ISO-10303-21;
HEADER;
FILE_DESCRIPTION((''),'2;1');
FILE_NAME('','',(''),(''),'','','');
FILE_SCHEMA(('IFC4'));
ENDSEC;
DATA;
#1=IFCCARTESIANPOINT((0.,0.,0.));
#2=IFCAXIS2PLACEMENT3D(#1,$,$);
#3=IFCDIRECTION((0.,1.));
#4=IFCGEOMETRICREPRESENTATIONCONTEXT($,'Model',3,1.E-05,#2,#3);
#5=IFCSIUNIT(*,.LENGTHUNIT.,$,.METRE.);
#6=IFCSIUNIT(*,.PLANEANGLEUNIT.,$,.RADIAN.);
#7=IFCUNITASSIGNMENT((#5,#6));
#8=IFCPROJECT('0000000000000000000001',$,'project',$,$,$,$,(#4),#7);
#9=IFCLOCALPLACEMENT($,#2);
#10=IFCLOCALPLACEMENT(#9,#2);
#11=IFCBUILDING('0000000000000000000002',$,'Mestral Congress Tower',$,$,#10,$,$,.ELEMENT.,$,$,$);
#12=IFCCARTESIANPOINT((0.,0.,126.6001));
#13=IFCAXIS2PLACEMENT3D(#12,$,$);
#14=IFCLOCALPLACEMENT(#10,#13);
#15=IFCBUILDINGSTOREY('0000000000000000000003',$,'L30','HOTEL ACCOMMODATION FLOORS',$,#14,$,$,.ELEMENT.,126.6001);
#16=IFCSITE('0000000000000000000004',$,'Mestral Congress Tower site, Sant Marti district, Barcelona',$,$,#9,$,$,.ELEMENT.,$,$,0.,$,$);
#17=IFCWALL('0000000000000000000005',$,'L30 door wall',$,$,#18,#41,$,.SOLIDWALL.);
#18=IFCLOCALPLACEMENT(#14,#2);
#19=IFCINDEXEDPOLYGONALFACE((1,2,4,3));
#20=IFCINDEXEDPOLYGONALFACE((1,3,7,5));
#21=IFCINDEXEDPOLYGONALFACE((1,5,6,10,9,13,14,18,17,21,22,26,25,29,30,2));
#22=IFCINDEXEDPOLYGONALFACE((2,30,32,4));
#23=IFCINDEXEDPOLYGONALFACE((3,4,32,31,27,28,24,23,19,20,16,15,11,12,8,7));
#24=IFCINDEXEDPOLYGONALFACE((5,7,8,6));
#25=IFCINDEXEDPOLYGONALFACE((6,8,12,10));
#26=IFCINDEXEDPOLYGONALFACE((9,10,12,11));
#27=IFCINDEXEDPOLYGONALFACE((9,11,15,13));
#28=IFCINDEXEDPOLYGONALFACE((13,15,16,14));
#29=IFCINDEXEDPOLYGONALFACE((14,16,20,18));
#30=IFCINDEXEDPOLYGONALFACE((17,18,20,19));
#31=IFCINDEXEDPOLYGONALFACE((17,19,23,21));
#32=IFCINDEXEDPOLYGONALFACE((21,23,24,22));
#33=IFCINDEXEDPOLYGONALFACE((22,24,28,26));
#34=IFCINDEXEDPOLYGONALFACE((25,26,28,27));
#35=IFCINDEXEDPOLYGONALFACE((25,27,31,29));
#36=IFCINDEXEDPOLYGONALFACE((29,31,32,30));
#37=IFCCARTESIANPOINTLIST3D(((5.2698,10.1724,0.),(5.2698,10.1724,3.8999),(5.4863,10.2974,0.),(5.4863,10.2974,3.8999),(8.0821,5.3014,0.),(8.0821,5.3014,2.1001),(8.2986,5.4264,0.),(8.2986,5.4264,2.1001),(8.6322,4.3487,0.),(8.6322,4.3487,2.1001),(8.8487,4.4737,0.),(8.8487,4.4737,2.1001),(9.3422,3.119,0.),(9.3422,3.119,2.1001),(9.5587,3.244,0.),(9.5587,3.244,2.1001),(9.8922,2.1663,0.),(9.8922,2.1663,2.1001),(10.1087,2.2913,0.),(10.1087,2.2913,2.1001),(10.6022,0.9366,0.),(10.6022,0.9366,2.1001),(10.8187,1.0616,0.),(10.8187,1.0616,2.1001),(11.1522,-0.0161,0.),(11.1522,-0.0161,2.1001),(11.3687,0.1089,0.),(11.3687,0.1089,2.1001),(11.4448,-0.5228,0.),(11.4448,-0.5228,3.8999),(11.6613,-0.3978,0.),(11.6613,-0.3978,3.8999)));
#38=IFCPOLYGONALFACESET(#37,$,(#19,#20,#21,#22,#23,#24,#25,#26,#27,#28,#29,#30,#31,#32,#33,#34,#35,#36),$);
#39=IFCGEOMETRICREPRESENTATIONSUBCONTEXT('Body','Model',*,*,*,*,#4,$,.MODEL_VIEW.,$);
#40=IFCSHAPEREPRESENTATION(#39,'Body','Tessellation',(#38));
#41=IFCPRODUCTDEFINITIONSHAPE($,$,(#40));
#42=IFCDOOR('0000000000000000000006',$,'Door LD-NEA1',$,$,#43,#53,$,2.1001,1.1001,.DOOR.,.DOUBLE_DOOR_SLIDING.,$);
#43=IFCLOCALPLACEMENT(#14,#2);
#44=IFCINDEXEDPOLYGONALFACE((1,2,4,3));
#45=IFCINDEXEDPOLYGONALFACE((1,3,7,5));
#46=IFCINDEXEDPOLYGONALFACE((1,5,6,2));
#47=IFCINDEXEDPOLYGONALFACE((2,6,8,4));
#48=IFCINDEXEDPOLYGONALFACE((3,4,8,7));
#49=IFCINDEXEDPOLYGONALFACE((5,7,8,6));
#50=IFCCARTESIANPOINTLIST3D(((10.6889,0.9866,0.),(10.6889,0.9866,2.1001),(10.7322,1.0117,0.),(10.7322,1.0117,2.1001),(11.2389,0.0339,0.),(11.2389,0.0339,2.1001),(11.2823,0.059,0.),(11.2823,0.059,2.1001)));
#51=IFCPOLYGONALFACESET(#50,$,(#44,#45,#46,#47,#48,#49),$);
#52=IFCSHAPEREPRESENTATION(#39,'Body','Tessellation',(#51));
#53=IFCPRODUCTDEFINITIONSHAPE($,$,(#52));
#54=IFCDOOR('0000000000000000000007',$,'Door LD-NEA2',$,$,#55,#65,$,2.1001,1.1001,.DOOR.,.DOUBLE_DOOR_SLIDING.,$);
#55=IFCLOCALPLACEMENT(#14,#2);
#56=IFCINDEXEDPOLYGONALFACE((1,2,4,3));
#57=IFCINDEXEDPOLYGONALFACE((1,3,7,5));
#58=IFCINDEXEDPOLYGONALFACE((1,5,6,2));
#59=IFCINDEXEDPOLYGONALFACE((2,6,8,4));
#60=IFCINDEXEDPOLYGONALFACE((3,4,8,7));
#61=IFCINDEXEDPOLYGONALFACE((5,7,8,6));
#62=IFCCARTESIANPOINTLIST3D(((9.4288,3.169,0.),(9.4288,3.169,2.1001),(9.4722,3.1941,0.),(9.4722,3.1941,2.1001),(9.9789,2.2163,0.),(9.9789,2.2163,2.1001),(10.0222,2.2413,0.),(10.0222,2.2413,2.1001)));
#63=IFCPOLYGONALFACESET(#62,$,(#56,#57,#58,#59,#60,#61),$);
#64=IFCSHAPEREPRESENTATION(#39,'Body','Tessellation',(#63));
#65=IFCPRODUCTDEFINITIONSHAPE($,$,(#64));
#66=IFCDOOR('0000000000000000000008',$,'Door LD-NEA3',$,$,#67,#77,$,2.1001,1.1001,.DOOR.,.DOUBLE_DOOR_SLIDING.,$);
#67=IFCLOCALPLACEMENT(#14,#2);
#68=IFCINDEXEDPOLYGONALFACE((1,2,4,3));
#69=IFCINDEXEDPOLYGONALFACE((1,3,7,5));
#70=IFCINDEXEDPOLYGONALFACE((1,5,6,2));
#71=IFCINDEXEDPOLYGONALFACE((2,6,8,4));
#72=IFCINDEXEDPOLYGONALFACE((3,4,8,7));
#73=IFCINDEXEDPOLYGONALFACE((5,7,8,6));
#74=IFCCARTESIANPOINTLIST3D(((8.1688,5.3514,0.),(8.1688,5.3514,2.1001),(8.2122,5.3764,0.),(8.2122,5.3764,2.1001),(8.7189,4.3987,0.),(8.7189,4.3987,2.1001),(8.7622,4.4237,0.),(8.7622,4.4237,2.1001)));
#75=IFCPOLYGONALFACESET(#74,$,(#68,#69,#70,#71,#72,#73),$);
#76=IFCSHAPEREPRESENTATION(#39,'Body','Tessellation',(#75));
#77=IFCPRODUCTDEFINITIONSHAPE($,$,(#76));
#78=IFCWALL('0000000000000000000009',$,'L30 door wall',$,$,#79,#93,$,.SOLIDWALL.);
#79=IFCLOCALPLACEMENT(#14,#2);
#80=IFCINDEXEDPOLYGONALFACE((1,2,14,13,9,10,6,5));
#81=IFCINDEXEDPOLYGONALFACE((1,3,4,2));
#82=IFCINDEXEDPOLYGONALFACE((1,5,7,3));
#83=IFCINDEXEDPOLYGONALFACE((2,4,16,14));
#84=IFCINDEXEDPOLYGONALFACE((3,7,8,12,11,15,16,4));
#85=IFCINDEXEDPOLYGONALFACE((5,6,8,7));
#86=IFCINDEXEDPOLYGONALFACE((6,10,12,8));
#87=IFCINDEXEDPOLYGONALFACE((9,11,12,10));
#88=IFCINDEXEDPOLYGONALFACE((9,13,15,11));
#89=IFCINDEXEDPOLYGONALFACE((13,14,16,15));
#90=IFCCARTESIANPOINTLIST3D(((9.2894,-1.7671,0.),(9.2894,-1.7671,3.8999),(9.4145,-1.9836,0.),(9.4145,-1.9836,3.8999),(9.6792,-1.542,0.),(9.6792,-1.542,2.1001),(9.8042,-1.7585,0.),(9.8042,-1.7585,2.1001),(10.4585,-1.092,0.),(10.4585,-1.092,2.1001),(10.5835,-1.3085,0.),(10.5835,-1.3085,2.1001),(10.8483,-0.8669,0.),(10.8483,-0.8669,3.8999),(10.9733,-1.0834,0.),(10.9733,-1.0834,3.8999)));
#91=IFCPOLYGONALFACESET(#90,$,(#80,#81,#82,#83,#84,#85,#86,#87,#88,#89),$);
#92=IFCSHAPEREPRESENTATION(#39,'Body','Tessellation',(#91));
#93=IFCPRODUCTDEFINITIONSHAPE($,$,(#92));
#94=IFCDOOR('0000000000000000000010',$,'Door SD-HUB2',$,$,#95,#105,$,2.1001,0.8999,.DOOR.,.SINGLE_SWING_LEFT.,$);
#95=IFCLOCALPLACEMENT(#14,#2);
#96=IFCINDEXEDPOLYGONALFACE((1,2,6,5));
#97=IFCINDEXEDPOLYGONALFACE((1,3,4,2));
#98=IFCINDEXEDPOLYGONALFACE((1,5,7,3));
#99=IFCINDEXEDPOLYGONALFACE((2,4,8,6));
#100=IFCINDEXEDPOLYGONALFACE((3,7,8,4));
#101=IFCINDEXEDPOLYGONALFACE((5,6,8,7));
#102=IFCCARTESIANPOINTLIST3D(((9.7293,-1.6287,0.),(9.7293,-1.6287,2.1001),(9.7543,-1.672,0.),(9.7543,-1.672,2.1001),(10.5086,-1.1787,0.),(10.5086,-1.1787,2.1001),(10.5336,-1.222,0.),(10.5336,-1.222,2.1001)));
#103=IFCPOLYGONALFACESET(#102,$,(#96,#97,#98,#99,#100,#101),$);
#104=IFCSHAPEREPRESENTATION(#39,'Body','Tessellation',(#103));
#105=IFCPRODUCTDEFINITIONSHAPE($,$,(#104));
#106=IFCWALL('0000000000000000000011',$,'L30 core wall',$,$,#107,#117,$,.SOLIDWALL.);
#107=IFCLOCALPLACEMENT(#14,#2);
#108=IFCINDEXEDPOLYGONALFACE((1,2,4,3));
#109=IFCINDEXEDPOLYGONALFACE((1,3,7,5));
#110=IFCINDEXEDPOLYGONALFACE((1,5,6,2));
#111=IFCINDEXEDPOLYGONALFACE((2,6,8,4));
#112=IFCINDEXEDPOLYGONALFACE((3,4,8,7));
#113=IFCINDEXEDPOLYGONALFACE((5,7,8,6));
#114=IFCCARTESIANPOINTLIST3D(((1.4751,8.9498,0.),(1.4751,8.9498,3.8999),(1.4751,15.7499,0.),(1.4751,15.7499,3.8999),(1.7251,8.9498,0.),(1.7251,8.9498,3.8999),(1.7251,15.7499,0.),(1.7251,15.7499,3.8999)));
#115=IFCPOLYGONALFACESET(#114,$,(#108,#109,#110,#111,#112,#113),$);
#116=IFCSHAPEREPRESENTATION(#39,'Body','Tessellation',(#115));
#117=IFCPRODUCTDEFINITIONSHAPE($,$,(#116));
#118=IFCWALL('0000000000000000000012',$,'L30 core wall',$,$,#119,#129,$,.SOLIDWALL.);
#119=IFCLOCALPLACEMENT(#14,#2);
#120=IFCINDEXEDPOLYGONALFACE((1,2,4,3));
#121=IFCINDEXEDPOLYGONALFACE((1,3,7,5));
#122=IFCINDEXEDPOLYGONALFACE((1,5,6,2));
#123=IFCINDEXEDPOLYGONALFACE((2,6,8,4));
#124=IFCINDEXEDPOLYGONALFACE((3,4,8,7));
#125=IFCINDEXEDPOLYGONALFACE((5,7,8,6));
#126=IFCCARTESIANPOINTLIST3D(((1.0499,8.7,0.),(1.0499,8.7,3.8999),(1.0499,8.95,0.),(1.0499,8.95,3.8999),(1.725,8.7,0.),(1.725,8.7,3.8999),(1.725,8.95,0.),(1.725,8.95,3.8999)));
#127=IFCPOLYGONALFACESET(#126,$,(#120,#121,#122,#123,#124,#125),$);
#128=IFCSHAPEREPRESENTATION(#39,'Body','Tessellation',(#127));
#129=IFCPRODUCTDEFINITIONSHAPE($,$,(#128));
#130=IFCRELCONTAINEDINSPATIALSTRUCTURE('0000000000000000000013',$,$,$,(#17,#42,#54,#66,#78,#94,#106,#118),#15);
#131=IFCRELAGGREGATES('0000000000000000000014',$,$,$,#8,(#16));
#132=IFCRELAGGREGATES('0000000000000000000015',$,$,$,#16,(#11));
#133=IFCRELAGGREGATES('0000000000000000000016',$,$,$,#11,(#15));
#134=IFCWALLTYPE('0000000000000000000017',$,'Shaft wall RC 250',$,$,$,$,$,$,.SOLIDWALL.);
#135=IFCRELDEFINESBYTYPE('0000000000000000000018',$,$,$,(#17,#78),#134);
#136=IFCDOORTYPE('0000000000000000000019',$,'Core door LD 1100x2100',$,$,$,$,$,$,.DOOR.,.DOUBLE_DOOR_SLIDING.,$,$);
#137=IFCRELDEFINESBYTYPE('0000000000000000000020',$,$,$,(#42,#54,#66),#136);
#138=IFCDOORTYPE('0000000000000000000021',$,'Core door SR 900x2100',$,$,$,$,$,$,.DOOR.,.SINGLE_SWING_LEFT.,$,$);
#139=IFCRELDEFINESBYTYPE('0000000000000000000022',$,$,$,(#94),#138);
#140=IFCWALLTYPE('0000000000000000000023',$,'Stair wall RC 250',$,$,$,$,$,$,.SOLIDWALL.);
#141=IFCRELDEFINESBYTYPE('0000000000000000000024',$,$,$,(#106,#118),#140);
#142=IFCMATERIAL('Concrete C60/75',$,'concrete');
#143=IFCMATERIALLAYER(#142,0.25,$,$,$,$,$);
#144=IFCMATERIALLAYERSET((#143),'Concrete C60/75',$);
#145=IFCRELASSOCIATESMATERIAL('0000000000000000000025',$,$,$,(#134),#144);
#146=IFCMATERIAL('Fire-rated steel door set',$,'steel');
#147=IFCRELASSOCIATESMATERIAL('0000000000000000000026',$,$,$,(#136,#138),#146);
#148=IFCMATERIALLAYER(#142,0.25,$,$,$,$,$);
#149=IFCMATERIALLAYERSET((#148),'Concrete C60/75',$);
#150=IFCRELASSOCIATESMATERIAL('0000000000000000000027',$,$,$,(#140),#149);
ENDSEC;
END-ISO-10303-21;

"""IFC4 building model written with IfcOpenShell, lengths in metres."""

from ifc_helpers import new_model, si_unit, direction, frame, frame_2d, origin, place, context, subcontext, project, spatial, rectangle, extrude, material, layer, layer_set, type_object, element, fill, save


model = new_model("IFC4")

# Units and contexts
model_context = context("Model", 3, precision=1e-05, world=origin(), true_north=direction((0.0, 1.0)))
body_context = subcontext(model_context, "Body", "Model", "MODEL_VIEW")
ifc_project = project(units=[si_unit("LENGTHUNIT", "METRE"), si_unit("PLANEANGLEUNIT", "RADIAN")], contexts=[model_context])

# Site, building, storey
site_placement = place(None, origin())
site = spatial("IfcSite", under=ifc_project, at=site_placement, Name="Mestral Congress Tower site, Sant Marti district, Barcelona", CompositionType="ELEMENT", RefElevation=0.0)
building_placement = place(site_placement, origin())
building = spatial("IfcBuilding", under=site, at=building_placement, Name="Mestral Congress Tower", CompositionType="ELEMENT")
storey_placement = place(building_placement, frame((0.0, 0.0, 126.6001)))
storey = spatial("IfcBuildingStorey", under=building, at=storey_placement, Name="L30", Description="HOTEL ACCOMMODATION FLOORS", CompositionType="ELEMENT", Elevation=126.6001)

# Shared definitions
ifc_material_1 = material(Name="Fire-rated steel door set", Category="steel")

# Shared definitions
ifc_material_2 = material(Name="Concrete C60/75", Category="concrete")
ifc_layer_1 = layer(ifc_material_2, 0.25)
ifc_layer_set_1 = layer_set([ifc_layer_1], Name="Concrete C60/75")
wall_type_1 = type_object("IfcWallType", Name="Shaft wall RC 250", PredefinedType="SOLIDWALL", material=ifc_layer_set_1)

# Wall, openings, doors
wall_1_placement = place(storey_placement, frame((11.553, -0.4602, 0.0), z_axis=(0.0, 0.0, 1.0), x_axis=(-0.500007, 0.866022, 0.0)))
wall_1 = element("IfcWall", 1, at=wall_1_placement, inside=storey, type_object=wall_type_1, Name="L30 door wall", PredefinedType="SOLIDWALL", context=body_context, shape_type="SweptSolid", body=[
    extrude(rectangle(XDim=12.3499, YDim=0.25, at=frame_2d((6.1748, 0.0))), origin(), (0.0, 0.0, 1.0), 3.8999),
])
opening_1_placement = place(wall_1_placement, frame((0.585, 0.0, 0.0)))
opening_1 = element("IfcOpeningElement", 2, at=opening_1_placement, cuts=wall_1, PredefinedType="OPENING", context=body_context, shape_type="SweptSolid", body=[
    extrude(rectangle(XDim=1.1001, YDim=2.1001, at=frame_2d((0.55, 1.05))), frame((0.0, 0.135, 0.0), z_axis=(0.0, -1.0, 0.0), x_axis=(1.0, 0.0, 0.0)), (0.0, 0.0, 1.0), 0.27),
])
opening_2_placement = place(wall_1_placement, frame((3.105, 0.0, 0.0)))
opening_2 = element("IfcOpeningElement", 3, at=opening_2_placement, cuts=wall_1, PredefinedType="OPENING", context=body_context, shape_type="SweptSolid", body=[
    extrude(rectangle(XDim=1.1001, YDim=2.1001, at=frame_2d((0.55, 1.05))), frame((0.0, 0.135, 0.0), z_axis=(0.0, -1.0, 0.0), x_axis=(1.0, 0.0, 0.0)), (0.0, 0.0, 1.0), 0.27),
])
opening_3_placement = place(wall_1_placement, frame((5.625, 0.0, 0.0)))
opening_3 = element("IfcOpeningElement", 4, at=opening_3_placement, cuts=wall_1, PredefinedType="OPENING", context=body_context, shape_type="SweptSolid", body=[
    extrude(rectangle(XDim=1.1001, YDim=2.1001, at=frame_2d((0.55, 1.05))), frame((0.0, 0.135, 0.0), z_axis=(0.0, -1.0, 0.0), x_axis=(1.0, 0.0, 0.0)), (0.0, 0.0, 1.0), 0.27),
])
door_type_1 = type_object("IfcDoorType", Name="Core door LD 1100x2100", OperationType="DOUBLE_DOOR_SLIDING", PredefinedType="DOOR", material=ifc_material_1)
door_1_placement = place(opening_1_placement, origin())
door_1 = element("IfcDoor", 5, at=door_1_placement, inside=storey, type_object=door_type_1, Name="Door LD-NEA1", OperationType="DOUBLE_DOOR_SLIDING", OverallHeight=2.1001, OverallWidth=1.1001, PredefinedType="DOOR", context=body_context, shape_type="SweptSolid", body=[
    extrude(rectangle(XDim=1.1001, YDim=2.1001, at=frame_2d((0.55, 1.05))), frame((0.0, 0.0249, 0.0), z_axis=(0.0, -1.0, 0.0), x_axis=(1.0, 0.0, 0.0)), (0.0, 0.0, 1.0), 0.05),
])
fill(opening_1, door_1)
door_2_placement = place(opening_2_placement, origin())
door_2 = element("IfcDoor", 6, at=door_2_placement, inside=storey, type_object=door_type_1, Name="Door LD-NEA2", OperationType="DOUBLE_DOOR_SLIDING", OverallHeight=2.1001, OverallWidth=1.1001, PredefinedType="DOOR", context=body_context, shape_type="SweptSolid", body=[
    extrude(rectangle(XDim=1.1001, YDim=2.1001, at=frame_2d((0.55, 1.05))), frame((0.0, 0.0249, 0.0), z_axis=(0.0, -1.0, 0.0), x_axis=(1.0, 0.0, 0.0)), (0.0, 0.0, 1.0), 0.05),
])
fill(opening_2, door_2)
door_3_placement = place(opening_3_placement, origin())
door_3 = element("IfcDoor", 7, at=door_3_placement, inside=storey, type_object=door_type_1, Name="Door LD-NEA3", OperationType="DOUBLE_DOOR_SLIDING", OverallHeight=2.1001, OverallWidth=1.1001, PredefinedType="DOOR", context=body_context, shape_type="SweptSolid", body=[
    extrude(rectangle(XDim=1.1001, YDim=2.1001, at=frame_2d((0.55, 1.05))), frame((0.0, 0.0249, 0.0), z_axis=(0.0, -1.0, 0.0), x_axis=(1.0, 0.0, 0.0)), (0.0, 0.0, 1.0), 0.05),
])
fill(opening_3, door_3)

# Wall, opening, door
wall_2_placement = place(storey_placement, frame((9.3521, -1.8752, 0.0), z_axis=(0.0, 0.0, 1.0), x_axis=(0.865989, 0.500063, 0.0)))
wall_2 = element("IfcWall", 8, at=wall_2_placement, inside=storey, type_object=wall_type_1, Name="L30 door wall", PredefinedType="SOLIDWALL", context=body_context, shape_type="SweptSolid", body=[
    extrude(rectangle(XDim=1.8, YDim=0.25, at=frame_2d((0.8999, 0.0))), origin(), (0.0, 0.0, 1.0), 3.8999),
])
opening_4_placement = place(wall_2_placement, frame((0.45, 0.0, 0.0)))
opening_4 = element("IfcOpeningElement", 9, at=opening_4_placement, cuts=wall_2, PredefinedType="OPENING", context=body_context, shape_type="SweptSolid", body=[
    extrude(rectangle(XDim=0.8999, YDim=2.1001, at=frame_2d((0.45, 1.05))), frame((0.0, 0.135, 0.0), z_axis=(0.0, -1.0, 0.0), x_axis=(1.0, 0.0, 0.0)), (0.0, 0.0, 1.0), 0.27),
])
door_type_2 = type_object("IfcDoorType", Name="Core door SR 900x2100", OperationType="SINGLE_SWING_LEFT", PredefinedType="DOOR", material=ifc_material_1)
door_4_placement = place(opening_4_placement, origin())
door_4 = element("IfcDoor", 10, at=door_4_placement, inside=storey, type_object=door_type_2, Name="Door SD-HUB2", OperationType="SINGLE_SWING_LEFT", OverallHeight=2.1001, OverallWidth=0.8999, PredefinedType="DOOR", context=body_context, shape_type="SweptSolid", body=[
    extrude(rectangle(XDim=0.8999, YDim=2.1001, at=frame_2d((0.45, 1.05))), frame((0.0, 0.0249, 0.0), z_axis=(0.0, -1.0, 0.0), x_axis=(1.0, 0.0, 0.0)), (0.0, 0.0, 1.0), 0.05),
])
fill(opening_4, door_4)

# Walls
ifc_layer_2 = layer(ifc_material_2, 0.25)
ifc_layer_set_2 = layer_set([ifc_layer_2], Name="Concrete C60/75")
wall_type_2 = type_object("IfcWallType", Name="Stair wall RC 250", PredefinedType="SOLIDWALL", material=ifc_layer_set_2)
wall_3_placement = place(storey_placement, frame((1.6001, 8.95, 0.0), z_axis=(0.0, 0.0, 1.0), x_axis=(0.0, 1.0, 0.0)))
element("IfcWall", 11, at=wall_3_placement, inside=storey, type_object=wall_type_2, Name="L30 core wall", PredefinedType="SOLIDWALL", context=body_context, shape_type="SweptSolid", body=[
    extrude(rectangle(XDim=6.8, YDim=0.25, at=frame_2d((3.3999, 0.0))), origin(), (0.0, 0.0, 1.0), 3.8999),
])
wall_4_placement = place(storey_placement, frame((1.05, 8.825, 0.0), z_axis=(0.0, 0.0, 1.0), x_axis=(1.0, 0.0, 0.0)))
element("IfcWall", 12, at=wall_4_placement, inside=storey, type_object=wall_type_2, Name="L30 core wall", PredefinedType="SOLIDWALL", context=body_context, shape_type="SweptSolid", body=[
    extrude(rectangle(XDim=0.675, YDim=0.25, at=frame_2d((0.3374, 0.0))), origin(), (0.0, 0.0, 1.0), 3.8999),
])

save(model, "model.ifc")
